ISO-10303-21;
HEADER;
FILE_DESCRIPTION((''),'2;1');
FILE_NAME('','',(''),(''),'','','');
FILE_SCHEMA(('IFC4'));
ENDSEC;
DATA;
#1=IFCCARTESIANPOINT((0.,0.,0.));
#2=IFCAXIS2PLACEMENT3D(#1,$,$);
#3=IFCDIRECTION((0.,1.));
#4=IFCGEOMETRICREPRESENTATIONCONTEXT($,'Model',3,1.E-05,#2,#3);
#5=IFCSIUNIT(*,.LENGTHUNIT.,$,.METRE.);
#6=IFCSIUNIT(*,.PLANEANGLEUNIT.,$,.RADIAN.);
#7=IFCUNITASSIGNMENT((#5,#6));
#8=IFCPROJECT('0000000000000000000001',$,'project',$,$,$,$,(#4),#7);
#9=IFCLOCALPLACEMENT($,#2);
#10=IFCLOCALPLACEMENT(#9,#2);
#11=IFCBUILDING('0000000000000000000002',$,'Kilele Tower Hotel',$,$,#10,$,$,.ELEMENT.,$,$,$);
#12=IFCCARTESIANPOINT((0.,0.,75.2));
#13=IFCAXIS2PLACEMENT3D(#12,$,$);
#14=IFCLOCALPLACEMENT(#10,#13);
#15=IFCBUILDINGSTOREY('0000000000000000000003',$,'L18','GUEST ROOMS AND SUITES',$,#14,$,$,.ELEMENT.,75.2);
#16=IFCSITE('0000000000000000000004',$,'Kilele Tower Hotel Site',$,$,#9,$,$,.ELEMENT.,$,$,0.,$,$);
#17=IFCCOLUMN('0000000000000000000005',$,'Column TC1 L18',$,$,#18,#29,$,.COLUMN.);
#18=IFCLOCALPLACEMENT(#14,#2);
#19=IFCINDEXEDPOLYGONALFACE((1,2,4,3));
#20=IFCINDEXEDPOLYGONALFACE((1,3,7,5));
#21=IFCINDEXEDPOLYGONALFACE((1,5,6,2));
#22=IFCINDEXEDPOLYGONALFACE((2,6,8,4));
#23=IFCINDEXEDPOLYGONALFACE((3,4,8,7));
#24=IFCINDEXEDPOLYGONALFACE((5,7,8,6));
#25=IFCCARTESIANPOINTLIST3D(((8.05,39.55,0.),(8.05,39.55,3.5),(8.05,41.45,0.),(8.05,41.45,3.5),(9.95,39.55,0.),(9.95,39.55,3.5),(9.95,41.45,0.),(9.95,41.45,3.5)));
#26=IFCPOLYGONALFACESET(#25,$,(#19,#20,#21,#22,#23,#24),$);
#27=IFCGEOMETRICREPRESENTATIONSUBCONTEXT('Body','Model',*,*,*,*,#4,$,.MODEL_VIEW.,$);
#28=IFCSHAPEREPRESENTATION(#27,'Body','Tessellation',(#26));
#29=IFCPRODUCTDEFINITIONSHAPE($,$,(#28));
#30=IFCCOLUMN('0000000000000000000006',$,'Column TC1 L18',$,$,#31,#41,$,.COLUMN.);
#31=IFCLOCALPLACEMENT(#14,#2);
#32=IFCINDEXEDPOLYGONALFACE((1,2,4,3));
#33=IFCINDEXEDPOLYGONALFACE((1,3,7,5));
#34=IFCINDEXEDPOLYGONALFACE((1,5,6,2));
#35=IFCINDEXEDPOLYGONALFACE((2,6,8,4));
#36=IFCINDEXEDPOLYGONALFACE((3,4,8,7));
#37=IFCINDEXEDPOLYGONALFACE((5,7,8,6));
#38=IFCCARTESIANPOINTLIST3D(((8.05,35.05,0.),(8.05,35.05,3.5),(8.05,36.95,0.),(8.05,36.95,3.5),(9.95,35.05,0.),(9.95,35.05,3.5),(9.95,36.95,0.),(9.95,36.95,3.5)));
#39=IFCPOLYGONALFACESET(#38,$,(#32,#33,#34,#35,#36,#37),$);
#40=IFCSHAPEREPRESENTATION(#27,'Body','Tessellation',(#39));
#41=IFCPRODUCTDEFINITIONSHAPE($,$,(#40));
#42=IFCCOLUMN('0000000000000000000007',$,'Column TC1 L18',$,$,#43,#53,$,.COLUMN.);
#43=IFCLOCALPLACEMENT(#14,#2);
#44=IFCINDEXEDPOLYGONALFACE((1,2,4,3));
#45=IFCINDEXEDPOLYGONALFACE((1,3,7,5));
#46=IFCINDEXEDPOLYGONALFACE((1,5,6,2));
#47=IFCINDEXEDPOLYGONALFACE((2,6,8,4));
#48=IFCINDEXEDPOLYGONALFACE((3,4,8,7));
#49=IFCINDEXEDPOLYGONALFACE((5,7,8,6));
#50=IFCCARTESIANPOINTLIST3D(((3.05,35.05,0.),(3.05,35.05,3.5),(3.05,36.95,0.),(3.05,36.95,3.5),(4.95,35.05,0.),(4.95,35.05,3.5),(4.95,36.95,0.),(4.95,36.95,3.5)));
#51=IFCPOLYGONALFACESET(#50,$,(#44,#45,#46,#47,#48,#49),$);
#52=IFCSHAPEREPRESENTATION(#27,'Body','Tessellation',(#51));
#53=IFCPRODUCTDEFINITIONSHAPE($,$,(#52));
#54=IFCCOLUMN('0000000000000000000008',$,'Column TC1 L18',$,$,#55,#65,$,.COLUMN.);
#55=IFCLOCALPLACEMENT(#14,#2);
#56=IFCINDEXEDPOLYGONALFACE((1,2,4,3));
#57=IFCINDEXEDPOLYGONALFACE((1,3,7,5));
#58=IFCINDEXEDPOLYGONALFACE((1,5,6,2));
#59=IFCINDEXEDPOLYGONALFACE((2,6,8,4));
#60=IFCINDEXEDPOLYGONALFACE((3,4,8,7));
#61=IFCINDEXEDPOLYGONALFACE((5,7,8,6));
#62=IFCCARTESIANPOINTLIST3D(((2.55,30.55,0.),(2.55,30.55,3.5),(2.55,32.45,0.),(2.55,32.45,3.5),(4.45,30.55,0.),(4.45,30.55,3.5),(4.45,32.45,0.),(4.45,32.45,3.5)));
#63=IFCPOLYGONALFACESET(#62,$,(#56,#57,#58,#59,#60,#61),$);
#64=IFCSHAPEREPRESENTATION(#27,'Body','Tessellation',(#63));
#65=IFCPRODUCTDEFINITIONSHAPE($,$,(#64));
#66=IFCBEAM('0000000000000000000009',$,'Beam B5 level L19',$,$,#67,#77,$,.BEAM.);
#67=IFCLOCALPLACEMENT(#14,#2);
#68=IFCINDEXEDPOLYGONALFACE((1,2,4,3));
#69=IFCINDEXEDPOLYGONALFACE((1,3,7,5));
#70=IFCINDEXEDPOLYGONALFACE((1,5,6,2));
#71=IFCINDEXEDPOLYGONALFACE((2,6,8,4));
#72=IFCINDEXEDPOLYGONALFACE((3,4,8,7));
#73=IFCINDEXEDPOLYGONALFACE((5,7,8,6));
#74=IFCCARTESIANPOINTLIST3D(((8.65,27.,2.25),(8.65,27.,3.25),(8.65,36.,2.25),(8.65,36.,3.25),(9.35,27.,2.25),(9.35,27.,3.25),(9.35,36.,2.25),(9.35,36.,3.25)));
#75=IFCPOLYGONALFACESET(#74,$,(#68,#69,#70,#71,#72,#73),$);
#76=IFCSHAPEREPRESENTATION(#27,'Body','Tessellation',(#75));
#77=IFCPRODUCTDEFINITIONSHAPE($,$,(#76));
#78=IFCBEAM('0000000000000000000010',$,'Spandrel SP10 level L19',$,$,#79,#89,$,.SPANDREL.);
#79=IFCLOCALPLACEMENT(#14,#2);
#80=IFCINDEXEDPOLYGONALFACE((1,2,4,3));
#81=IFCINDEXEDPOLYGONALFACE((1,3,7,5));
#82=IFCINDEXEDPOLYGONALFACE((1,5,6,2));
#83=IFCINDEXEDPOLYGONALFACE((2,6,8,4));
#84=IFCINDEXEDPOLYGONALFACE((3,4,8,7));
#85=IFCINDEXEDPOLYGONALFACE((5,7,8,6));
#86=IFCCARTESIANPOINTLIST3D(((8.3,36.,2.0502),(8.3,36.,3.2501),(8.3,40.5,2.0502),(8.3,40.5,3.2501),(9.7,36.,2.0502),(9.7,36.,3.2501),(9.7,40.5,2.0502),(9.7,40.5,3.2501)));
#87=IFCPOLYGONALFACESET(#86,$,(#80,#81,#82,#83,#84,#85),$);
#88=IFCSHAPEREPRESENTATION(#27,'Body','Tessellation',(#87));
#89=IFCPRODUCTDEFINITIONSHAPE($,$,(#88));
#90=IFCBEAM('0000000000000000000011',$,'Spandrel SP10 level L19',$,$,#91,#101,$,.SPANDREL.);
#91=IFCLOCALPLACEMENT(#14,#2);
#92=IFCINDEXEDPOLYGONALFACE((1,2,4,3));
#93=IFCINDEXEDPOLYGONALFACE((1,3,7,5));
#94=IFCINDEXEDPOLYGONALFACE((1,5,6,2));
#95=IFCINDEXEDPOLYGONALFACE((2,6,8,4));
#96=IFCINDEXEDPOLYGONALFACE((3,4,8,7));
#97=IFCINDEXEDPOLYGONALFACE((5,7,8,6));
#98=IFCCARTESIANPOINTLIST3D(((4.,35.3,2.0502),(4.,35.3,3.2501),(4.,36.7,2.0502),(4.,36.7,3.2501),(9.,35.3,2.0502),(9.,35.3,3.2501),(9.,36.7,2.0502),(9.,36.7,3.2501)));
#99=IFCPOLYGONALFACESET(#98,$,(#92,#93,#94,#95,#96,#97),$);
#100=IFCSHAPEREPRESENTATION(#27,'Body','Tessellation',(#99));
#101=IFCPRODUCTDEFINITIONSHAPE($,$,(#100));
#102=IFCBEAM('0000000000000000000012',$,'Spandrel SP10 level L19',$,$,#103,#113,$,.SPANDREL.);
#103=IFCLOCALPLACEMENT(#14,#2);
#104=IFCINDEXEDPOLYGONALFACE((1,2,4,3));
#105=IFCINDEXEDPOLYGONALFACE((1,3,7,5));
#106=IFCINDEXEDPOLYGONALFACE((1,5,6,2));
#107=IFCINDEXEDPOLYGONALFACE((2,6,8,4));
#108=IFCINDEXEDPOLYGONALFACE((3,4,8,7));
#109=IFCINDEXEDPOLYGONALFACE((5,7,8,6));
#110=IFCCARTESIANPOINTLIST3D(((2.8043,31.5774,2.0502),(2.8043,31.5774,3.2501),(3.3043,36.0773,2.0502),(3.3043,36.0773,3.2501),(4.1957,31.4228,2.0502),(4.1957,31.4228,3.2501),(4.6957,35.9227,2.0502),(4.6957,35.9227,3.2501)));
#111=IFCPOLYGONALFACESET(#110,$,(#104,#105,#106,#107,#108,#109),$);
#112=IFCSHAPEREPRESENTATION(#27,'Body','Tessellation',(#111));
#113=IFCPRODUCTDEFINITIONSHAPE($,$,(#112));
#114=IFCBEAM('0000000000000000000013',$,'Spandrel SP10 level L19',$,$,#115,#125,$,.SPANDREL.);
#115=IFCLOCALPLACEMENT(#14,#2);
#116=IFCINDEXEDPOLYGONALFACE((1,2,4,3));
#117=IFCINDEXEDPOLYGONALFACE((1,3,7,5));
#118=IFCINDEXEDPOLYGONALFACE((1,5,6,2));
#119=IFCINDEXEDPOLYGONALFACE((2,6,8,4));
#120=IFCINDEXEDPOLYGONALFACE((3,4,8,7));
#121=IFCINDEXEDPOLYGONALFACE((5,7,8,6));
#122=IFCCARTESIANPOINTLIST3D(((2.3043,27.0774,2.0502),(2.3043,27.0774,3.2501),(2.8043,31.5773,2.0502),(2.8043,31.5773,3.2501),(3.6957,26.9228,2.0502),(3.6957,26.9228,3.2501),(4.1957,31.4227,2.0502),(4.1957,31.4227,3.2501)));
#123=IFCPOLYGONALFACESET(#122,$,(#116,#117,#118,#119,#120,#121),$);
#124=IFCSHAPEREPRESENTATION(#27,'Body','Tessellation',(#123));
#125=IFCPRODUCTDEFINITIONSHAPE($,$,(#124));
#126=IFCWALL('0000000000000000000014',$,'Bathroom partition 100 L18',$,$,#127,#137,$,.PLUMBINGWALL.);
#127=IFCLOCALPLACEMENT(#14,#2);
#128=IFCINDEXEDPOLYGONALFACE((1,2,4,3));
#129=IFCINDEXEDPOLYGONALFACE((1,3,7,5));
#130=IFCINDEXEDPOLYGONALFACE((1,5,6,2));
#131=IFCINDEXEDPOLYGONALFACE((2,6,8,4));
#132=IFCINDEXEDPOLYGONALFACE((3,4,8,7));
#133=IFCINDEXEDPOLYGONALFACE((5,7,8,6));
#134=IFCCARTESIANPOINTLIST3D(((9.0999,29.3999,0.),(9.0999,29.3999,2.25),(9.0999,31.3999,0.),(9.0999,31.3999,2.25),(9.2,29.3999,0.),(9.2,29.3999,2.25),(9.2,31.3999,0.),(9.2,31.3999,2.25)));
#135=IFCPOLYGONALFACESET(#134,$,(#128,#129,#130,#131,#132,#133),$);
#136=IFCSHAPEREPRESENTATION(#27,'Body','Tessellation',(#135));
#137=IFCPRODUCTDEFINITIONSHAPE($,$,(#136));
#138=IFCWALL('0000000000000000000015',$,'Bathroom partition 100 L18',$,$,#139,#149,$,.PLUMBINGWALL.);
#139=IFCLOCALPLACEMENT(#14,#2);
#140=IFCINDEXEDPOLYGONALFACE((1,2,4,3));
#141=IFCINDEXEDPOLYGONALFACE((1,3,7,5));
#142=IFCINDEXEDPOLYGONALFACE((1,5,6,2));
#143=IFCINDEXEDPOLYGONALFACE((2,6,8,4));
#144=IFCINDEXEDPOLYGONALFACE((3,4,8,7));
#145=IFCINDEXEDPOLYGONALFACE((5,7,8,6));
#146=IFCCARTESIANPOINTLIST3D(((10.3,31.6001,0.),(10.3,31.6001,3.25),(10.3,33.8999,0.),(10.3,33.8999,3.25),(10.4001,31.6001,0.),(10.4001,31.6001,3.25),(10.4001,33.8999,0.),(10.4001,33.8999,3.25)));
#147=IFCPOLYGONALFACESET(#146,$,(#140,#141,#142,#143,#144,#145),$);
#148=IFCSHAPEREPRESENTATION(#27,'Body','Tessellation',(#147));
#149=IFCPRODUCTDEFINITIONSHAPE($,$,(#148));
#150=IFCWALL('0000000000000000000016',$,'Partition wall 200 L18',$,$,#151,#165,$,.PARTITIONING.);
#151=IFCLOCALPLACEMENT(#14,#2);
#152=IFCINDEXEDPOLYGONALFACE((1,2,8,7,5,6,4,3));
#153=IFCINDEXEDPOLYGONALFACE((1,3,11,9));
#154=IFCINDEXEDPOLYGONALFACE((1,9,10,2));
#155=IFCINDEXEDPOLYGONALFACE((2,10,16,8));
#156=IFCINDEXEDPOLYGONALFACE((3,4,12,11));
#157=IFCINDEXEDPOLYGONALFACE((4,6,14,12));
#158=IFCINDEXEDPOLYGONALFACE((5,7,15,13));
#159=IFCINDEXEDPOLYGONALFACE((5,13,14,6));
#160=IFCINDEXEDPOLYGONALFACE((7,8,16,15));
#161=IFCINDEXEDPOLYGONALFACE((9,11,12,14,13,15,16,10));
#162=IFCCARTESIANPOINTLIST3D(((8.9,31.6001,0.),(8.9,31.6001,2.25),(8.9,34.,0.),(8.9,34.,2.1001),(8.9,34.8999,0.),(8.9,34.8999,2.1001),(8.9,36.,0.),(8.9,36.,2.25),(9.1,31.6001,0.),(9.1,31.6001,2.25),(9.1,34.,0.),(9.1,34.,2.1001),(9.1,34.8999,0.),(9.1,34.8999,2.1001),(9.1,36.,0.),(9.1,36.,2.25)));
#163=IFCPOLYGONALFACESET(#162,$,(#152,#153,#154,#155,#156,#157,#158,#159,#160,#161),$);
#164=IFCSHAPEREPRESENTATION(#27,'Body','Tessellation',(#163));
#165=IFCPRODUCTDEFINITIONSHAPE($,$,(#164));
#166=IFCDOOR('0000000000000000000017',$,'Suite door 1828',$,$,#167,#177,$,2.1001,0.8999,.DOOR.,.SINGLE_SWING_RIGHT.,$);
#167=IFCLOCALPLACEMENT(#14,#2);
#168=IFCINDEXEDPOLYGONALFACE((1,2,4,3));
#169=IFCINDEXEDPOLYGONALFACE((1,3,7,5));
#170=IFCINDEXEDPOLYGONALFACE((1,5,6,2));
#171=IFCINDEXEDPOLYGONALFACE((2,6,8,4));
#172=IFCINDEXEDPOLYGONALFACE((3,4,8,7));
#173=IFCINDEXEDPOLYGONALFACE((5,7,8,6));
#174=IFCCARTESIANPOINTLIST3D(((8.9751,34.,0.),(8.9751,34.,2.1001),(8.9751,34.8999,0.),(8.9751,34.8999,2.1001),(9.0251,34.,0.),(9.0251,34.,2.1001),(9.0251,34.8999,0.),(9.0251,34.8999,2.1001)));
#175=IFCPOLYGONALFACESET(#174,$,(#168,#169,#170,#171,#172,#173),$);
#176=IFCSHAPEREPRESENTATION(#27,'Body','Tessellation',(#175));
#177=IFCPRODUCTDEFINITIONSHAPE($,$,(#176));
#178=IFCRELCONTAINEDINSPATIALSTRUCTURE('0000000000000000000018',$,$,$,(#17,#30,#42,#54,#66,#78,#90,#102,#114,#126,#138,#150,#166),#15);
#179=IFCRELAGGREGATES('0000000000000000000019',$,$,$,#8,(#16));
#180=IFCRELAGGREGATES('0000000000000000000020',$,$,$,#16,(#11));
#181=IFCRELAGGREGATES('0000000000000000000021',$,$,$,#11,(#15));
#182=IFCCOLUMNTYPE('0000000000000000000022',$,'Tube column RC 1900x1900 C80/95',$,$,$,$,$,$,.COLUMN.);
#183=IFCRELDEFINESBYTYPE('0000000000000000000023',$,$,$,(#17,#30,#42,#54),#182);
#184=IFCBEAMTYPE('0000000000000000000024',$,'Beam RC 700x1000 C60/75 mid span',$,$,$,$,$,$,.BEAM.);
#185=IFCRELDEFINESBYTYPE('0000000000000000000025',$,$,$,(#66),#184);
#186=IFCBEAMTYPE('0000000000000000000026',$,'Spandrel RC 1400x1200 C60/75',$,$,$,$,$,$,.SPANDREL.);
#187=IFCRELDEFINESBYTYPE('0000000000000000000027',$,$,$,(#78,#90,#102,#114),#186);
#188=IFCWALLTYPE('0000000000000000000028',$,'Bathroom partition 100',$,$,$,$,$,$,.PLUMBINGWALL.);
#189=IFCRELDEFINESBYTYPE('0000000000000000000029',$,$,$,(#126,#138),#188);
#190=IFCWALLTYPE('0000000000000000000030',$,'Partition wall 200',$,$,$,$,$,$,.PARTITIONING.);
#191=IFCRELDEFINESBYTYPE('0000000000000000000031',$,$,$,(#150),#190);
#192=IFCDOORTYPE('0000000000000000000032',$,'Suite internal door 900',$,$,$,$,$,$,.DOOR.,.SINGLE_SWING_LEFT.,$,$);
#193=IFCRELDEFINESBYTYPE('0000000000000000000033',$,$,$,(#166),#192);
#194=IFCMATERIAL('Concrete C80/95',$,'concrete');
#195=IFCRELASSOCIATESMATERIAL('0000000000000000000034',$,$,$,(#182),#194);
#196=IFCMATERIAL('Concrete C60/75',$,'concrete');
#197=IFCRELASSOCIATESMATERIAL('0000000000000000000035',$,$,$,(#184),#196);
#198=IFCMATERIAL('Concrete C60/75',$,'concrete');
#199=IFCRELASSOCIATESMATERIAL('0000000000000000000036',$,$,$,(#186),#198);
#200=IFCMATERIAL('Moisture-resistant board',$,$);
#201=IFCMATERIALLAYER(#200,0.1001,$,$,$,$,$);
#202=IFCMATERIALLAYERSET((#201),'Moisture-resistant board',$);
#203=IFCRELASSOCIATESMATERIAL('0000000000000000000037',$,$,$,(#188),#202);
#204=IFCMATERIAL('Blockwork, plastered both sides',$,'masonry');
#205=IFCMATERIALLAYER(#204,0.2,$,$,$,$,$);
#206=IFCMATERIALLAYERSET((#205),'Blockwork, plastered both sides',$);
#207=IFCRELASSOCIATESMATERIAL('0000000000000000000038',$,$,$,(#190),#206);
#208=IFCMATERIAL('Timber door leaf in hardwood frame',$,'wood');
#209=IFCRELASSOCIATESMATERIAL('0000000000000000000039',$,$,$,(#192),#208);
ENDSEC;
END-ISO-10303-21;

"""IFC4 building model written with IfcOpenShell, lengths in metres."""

from ifc_helpers import new_model, si_unit, direction, frame, frame_2d, origin, origin_2d, place, context, subcontext, project, spatial, rectangle, extrude, material, layer, layer_set, material_profile, profile_set, type_object, element, fill, save


model = new_model("IFC4")

# Units and contexts
model_context = context("Model", 3, precision=1e-05, world=origin(), true_north=direction((0.0, 1.0)))
body_context = subcontext(model_context, "Body", "Model", "MODEL_VIEW")
ifc_project = project(units=[si_unit("LENGTHUNIT", "METRE"), si_unit("PLANEANGLEUNIT", "RADIAN")], contexts=[model_context])

# Site, building, storey
site_placement = place(None, origin())
site = spatial("IfcSite", under=ifc_project, at=site_placement, Name="Kilele Tower Hotel Site", CompositionType="ELEMENT", RefElevation=0.0)
building_placement = place(site_placement, origin())
building = spatial("IfcBuilding", under=site, at=building_placement, Name="Kilele Tower Hotel", CompositionType="ELEMENT")
storey_placement = place(building_placement, frame((0.0, 0.0, 75.2)))
storey = spatial("IfcBuildingStorey", under=building, at=storey_placement, Name="L18", Description="GUEST ROOMS AND SUITES", CompositionType="ELEMENT", Elevation=75.2)

# Columns
ifc_material_1 = material(Name="Concrete C80/95", Category="concrete")
ifc_material_profile_1 = material_profile(ifc_material_1, rectangle(XDim=1.8999, YDim=1.8999, at=origin_2d()))
ifc_profile_set_1 = profile_set([ifc_material_profile_1], Name="Concrete C80/95")
column_type = type_object("IfcColumnType", Name="Tube column RC 1900x1900 C80/95", PredefinedType="COLUMN", material=ifc_profile_set_1)
for number, where, z_axis, x_axis, name in (
    (1, (9.0, 40.5, 0.0), (0.0, 0.0, 1.0), (1.0, 0.0, 0.0), "Column TC1 L18"),
    (2, (9.0, 36.0, 0.0), (0.0, 0.0, 1.0), (1.0, 0.0, 0.0), "Column TC1 L18"),
    (3, (4.0, 36.0, 0.0), (0.0, 0.0, 1.0), (1.0, 0.0, 0.0), "Column TC1 L18"),
    (4, (3.5, 31.5, 0.0), (0.0, 0.0, 1.0), (1.0, 0.0, 0.0), "Column TC1 L18"),
):
    element("IfcColumn", number, at=place(storey_placement, frame(where, z_axis=z_axis, x_axis=x_axis)), inside=storey, type_object=column_type, Name=name, PredefinedType="COLUMN", context=body_context, shape_type="SweptSolid", body=[
        extrude(rectangle(XDim=1.8999, YDim=1.8999, at=origin_2d()), origin(), (0.0, 0.0, 1.0), 3.5),
    ])

# Beams
ifc_material_2 = material(Name="Concrete C60/75", Category="concrete")
ifc_material_profile_2 = material_profile(ifc_material_2, rectangle(XDim=0.7, YDim=1.0, at=origin_2d()))
ifc_profile_set_2 = profile_set([ifc_material_profile_2], Name="Concrete C60/75")
beam_type_1 = type_object("IfcBeamType", Name="Beam RC 700x1000 C60/75 mid span", PredefinedType="BEAM", material=ifc_profile_set_2)
beam_1_placement = place(storey_placement, frame((9.0, 36.0, 2.75), z_axis=(0.0, -1.0, 0.0), x_axis=(1.0, 0.0, 0.0)))
element("IfcBeam", 5, at=beam_1_placement, inside=storey, type_object=beam_type_1, Name="Beam B5 level L19", PredefinedType="BEAM", context=body_context, shape_type="SweptSolid", body=[
    extrude(rectangle(XDim=0.7, YDim=1.0, at=origin_2d()), origin(), (0.0, 0.0, 1.0), 9.0),
])
ifc_material_3 = material(Name="Concrete C60/75", Category="concrete")
ifc_material_profile_3 = material_profile(ifc_material_3, rectangle(XDim=1.3999, YDim=1.2, at=origin_2d()))
ifc_profile_set_3 = profile_set([ifc_material_profile_3], Name="Concrete C60/75")
beam_type_2 = type_object("IfcBeamType", Name="Spandrel RC 1400x1200 C60/75", PredefinedType="SPANDREL", material=ifc_profile_set_3)
beam_2_placement = place(storey_placement, frame((9.0, 40.5, 2.6501), z_axis=(0.0, -1.0, 0.0), x_axis=(1.0, 0.0, 0.0)))
element("IfcBeam", 6, at=beam_2_placement, inside=storey, type_object=beam_type_2, Name="Spandrel SP10 level L19", PredefinedType="SPANDREL", context=body_context, shape_type="SweptSolid", body=[
    extrude(rectangle(XDim=1.3999, YDim=1.2, at=origin_2d()), origin(), (0.0, 0.0, 1.0), 4.5),
])
beam_3_placement = place(storey_placement, frame((9.0, 36.0, 2.6501), z_axis=(-1.0, 0.0, 0.0), x_axis=(0.0, -1.0, 0.0)))
element("IfcBeam", 7, at=beam_3_placement, inside=storey, type_object=beam_type_2, Name="Spandrel SP10 level L19", PredefinedType="SPANDREL", context=body_context, shape_type="SweptSolid", body=[
    extrude(rectangle(XDim=1.3999, YDim=1.2, at=origin_2d()), origin(), (0.0, 0.0, 1.0), 5.0),
])
for number, where, z_axis, x_axis, name in (
    (8, (4.0, 36.0, 2.6501), (-0.110432, -0.993884, 0.0), (0.993884, -0.110432, 0.0), "Spandrel SP10 level L19"),
    (9, (3.5, 31.5, 2.6501), (-0.110432, -0.993884, 0.0), (0.993884, -0.110432, 0.0), "Spandrel SP10 level L19"),
):
    element("IfcBeam", number, at=place(storey_placement, frame(where, z_axis=z_axis, x_axis=x_axis)), inside=storey, type_object=beam_type_2, Name=name, PredefinedType="SPANDREL", context=body_context, shape_type="SweptSolid", body=[
        extrude(rectangle(XDim=1.3999, YDim=1.2, at=origin_2d()), origin(), (0.0, 0.0, 1.0), 4.5276),
    ])

# Walls
ifc_material_4 = material(Name="Moisture-resistant board")
ifc_layer_1 = layer(ifc_material_4, 0.1001)
ifc_layer_set_1 = layer_set([ifc_layer_1], Name="Moisture-resistant board")
wall_type_1 = type_object("IfcWallType", Name="Bathroom partition 100", PredefinedType="PLUMBINGWALL", material=ifc_layer_set_1)
wall_1_placement = place(storey_placement, frame((9.1499, 31.3999, 0.0), z_axis=(0.0, 0.0, 1.0), x_axis=(0.0, -1.0, 0.0)))
element("IfcWall", 10, at=wall_1_placement, inside=storey, type_object=wall_type_1, Name="Bathroom partition 100 L18", PredefinedType="PLUMBINGWALL", context=body_context, shape_type="SweptSolid", body=[
    extrude(rectangle(XDim=2.0, YDim=0.1001, at=frame_2d((1.0, 0.0))), origin(), (0.0, 0.0, 1.0), 2.25),
])
wall_2_placement = place(storey_placement, frame((10.3501, 31.6001, 0.0), z_axis=(0.0, 0.0, 1.0), x_axis=(0.0, 1.0, 0.0)))
element("IfcWall", 11, at=wall_2_placement, inside=storey, type_object=wall_type_1, Name="Bathroom partition 100 L18", PredefinedType="PLUMBINGWALL", context=body_context, shape_type="SweptSolid", body=[
    extrude(rectangle(XDim=2.2998, YDim=0.1001, at=frame_2d((1.1499, 0.0))), origin(), (0.0, 0.0, 1.0), 3.25),
])

# Wall, opening, door
ifc_material_5 = material(Name="Blockwork, plastered both sides", Category="masonry")
ifc_layer_2 = layer(ifc_material_5, 0.2)
ifc_layer_set_2 = layer_set([ifc_layer_2], Name="Blockwork, plastered both sides")
wall_type_2 = type_object("IfcWallType", Name="Partition wall 200", PredefinedType="PARTITIONING", material=ifc_layer_set_2)
wall_3_placement = place(storey_placement, frame((9.0, 31.6001, 0.0), z_axis=(0.0, 0.0, 1.0), x_axis=(0.0, 1.0, 0.0)))
wall_3 = element("IfcWall", 12, at=wall_3_placement, inside=storey, type_object=wall_type_2, Name="Partition wall 200 L18", PredefinedType="PARTITIONING", context=body_context, shape_type="SweptSolid", body=[
    extrude(rectangle(XDim=4.3999, YDim=0.2, at=frame_2d((2.2, 0.0))), origin(), (0.0, 0.0, 1.0), 2.25),
])
opening_1_placement = place(wall_3_placement, frame((2.3999, 0.0, 0.0)))
opening_1 = element("IfcOpeningElement", 13, at=opening_1_placement, cuts=wall_3, PredefinedType="OPENING", context=body_context, shape_type="SweptSolid", body=[
    extrude(rectangle(XDim=0.8999, YDim=2.1001, at=frame_2d((0.45, 1.05))), frame((0.0, 0.1099, 0.0), z_axis=(0.0, -1.0, 0.0), x_axis=(1.0, 0.0, 0.0)), (0.0, 0.0, 1.0), 0.22),
])
ifc_material_6 = material(Name="Timber door leaf in hardwood frame", Category="wood")
door_type = type_object("IfcDoorType", Name="Suite internal door 900", OperationType="SINGLE_SWING_LEFT", PredefinedType="DOOR", material=ifc_material_6)
door_placement = place(opening_1_placement, origin())
door = element("IfcDoor", 14, at=door_placement, inside=storey, type_object=door_type, Name="Suite door 1828", OperationType="SINGLE_SWING_RIGHT", OverallHeight=2.1001, OverallWidth=0.8999, PredefinedType="DOOR", context=body_context, shape_type="SweptSolid", body=[
    extrude(rectangle(XDim=0.8999, YDim=2.1001, at=frame_2d((0.45, 1.05))), frame((0.0, 0.0249, 0.0), z_axis=(0.0, -1.0, 0.0), x_axis=(1.0, 0.0, 0.0)), (0.0, 0.0, 1.0), 0.05),
])
fill(opening_1, door)

save(model, "model.ifc")
